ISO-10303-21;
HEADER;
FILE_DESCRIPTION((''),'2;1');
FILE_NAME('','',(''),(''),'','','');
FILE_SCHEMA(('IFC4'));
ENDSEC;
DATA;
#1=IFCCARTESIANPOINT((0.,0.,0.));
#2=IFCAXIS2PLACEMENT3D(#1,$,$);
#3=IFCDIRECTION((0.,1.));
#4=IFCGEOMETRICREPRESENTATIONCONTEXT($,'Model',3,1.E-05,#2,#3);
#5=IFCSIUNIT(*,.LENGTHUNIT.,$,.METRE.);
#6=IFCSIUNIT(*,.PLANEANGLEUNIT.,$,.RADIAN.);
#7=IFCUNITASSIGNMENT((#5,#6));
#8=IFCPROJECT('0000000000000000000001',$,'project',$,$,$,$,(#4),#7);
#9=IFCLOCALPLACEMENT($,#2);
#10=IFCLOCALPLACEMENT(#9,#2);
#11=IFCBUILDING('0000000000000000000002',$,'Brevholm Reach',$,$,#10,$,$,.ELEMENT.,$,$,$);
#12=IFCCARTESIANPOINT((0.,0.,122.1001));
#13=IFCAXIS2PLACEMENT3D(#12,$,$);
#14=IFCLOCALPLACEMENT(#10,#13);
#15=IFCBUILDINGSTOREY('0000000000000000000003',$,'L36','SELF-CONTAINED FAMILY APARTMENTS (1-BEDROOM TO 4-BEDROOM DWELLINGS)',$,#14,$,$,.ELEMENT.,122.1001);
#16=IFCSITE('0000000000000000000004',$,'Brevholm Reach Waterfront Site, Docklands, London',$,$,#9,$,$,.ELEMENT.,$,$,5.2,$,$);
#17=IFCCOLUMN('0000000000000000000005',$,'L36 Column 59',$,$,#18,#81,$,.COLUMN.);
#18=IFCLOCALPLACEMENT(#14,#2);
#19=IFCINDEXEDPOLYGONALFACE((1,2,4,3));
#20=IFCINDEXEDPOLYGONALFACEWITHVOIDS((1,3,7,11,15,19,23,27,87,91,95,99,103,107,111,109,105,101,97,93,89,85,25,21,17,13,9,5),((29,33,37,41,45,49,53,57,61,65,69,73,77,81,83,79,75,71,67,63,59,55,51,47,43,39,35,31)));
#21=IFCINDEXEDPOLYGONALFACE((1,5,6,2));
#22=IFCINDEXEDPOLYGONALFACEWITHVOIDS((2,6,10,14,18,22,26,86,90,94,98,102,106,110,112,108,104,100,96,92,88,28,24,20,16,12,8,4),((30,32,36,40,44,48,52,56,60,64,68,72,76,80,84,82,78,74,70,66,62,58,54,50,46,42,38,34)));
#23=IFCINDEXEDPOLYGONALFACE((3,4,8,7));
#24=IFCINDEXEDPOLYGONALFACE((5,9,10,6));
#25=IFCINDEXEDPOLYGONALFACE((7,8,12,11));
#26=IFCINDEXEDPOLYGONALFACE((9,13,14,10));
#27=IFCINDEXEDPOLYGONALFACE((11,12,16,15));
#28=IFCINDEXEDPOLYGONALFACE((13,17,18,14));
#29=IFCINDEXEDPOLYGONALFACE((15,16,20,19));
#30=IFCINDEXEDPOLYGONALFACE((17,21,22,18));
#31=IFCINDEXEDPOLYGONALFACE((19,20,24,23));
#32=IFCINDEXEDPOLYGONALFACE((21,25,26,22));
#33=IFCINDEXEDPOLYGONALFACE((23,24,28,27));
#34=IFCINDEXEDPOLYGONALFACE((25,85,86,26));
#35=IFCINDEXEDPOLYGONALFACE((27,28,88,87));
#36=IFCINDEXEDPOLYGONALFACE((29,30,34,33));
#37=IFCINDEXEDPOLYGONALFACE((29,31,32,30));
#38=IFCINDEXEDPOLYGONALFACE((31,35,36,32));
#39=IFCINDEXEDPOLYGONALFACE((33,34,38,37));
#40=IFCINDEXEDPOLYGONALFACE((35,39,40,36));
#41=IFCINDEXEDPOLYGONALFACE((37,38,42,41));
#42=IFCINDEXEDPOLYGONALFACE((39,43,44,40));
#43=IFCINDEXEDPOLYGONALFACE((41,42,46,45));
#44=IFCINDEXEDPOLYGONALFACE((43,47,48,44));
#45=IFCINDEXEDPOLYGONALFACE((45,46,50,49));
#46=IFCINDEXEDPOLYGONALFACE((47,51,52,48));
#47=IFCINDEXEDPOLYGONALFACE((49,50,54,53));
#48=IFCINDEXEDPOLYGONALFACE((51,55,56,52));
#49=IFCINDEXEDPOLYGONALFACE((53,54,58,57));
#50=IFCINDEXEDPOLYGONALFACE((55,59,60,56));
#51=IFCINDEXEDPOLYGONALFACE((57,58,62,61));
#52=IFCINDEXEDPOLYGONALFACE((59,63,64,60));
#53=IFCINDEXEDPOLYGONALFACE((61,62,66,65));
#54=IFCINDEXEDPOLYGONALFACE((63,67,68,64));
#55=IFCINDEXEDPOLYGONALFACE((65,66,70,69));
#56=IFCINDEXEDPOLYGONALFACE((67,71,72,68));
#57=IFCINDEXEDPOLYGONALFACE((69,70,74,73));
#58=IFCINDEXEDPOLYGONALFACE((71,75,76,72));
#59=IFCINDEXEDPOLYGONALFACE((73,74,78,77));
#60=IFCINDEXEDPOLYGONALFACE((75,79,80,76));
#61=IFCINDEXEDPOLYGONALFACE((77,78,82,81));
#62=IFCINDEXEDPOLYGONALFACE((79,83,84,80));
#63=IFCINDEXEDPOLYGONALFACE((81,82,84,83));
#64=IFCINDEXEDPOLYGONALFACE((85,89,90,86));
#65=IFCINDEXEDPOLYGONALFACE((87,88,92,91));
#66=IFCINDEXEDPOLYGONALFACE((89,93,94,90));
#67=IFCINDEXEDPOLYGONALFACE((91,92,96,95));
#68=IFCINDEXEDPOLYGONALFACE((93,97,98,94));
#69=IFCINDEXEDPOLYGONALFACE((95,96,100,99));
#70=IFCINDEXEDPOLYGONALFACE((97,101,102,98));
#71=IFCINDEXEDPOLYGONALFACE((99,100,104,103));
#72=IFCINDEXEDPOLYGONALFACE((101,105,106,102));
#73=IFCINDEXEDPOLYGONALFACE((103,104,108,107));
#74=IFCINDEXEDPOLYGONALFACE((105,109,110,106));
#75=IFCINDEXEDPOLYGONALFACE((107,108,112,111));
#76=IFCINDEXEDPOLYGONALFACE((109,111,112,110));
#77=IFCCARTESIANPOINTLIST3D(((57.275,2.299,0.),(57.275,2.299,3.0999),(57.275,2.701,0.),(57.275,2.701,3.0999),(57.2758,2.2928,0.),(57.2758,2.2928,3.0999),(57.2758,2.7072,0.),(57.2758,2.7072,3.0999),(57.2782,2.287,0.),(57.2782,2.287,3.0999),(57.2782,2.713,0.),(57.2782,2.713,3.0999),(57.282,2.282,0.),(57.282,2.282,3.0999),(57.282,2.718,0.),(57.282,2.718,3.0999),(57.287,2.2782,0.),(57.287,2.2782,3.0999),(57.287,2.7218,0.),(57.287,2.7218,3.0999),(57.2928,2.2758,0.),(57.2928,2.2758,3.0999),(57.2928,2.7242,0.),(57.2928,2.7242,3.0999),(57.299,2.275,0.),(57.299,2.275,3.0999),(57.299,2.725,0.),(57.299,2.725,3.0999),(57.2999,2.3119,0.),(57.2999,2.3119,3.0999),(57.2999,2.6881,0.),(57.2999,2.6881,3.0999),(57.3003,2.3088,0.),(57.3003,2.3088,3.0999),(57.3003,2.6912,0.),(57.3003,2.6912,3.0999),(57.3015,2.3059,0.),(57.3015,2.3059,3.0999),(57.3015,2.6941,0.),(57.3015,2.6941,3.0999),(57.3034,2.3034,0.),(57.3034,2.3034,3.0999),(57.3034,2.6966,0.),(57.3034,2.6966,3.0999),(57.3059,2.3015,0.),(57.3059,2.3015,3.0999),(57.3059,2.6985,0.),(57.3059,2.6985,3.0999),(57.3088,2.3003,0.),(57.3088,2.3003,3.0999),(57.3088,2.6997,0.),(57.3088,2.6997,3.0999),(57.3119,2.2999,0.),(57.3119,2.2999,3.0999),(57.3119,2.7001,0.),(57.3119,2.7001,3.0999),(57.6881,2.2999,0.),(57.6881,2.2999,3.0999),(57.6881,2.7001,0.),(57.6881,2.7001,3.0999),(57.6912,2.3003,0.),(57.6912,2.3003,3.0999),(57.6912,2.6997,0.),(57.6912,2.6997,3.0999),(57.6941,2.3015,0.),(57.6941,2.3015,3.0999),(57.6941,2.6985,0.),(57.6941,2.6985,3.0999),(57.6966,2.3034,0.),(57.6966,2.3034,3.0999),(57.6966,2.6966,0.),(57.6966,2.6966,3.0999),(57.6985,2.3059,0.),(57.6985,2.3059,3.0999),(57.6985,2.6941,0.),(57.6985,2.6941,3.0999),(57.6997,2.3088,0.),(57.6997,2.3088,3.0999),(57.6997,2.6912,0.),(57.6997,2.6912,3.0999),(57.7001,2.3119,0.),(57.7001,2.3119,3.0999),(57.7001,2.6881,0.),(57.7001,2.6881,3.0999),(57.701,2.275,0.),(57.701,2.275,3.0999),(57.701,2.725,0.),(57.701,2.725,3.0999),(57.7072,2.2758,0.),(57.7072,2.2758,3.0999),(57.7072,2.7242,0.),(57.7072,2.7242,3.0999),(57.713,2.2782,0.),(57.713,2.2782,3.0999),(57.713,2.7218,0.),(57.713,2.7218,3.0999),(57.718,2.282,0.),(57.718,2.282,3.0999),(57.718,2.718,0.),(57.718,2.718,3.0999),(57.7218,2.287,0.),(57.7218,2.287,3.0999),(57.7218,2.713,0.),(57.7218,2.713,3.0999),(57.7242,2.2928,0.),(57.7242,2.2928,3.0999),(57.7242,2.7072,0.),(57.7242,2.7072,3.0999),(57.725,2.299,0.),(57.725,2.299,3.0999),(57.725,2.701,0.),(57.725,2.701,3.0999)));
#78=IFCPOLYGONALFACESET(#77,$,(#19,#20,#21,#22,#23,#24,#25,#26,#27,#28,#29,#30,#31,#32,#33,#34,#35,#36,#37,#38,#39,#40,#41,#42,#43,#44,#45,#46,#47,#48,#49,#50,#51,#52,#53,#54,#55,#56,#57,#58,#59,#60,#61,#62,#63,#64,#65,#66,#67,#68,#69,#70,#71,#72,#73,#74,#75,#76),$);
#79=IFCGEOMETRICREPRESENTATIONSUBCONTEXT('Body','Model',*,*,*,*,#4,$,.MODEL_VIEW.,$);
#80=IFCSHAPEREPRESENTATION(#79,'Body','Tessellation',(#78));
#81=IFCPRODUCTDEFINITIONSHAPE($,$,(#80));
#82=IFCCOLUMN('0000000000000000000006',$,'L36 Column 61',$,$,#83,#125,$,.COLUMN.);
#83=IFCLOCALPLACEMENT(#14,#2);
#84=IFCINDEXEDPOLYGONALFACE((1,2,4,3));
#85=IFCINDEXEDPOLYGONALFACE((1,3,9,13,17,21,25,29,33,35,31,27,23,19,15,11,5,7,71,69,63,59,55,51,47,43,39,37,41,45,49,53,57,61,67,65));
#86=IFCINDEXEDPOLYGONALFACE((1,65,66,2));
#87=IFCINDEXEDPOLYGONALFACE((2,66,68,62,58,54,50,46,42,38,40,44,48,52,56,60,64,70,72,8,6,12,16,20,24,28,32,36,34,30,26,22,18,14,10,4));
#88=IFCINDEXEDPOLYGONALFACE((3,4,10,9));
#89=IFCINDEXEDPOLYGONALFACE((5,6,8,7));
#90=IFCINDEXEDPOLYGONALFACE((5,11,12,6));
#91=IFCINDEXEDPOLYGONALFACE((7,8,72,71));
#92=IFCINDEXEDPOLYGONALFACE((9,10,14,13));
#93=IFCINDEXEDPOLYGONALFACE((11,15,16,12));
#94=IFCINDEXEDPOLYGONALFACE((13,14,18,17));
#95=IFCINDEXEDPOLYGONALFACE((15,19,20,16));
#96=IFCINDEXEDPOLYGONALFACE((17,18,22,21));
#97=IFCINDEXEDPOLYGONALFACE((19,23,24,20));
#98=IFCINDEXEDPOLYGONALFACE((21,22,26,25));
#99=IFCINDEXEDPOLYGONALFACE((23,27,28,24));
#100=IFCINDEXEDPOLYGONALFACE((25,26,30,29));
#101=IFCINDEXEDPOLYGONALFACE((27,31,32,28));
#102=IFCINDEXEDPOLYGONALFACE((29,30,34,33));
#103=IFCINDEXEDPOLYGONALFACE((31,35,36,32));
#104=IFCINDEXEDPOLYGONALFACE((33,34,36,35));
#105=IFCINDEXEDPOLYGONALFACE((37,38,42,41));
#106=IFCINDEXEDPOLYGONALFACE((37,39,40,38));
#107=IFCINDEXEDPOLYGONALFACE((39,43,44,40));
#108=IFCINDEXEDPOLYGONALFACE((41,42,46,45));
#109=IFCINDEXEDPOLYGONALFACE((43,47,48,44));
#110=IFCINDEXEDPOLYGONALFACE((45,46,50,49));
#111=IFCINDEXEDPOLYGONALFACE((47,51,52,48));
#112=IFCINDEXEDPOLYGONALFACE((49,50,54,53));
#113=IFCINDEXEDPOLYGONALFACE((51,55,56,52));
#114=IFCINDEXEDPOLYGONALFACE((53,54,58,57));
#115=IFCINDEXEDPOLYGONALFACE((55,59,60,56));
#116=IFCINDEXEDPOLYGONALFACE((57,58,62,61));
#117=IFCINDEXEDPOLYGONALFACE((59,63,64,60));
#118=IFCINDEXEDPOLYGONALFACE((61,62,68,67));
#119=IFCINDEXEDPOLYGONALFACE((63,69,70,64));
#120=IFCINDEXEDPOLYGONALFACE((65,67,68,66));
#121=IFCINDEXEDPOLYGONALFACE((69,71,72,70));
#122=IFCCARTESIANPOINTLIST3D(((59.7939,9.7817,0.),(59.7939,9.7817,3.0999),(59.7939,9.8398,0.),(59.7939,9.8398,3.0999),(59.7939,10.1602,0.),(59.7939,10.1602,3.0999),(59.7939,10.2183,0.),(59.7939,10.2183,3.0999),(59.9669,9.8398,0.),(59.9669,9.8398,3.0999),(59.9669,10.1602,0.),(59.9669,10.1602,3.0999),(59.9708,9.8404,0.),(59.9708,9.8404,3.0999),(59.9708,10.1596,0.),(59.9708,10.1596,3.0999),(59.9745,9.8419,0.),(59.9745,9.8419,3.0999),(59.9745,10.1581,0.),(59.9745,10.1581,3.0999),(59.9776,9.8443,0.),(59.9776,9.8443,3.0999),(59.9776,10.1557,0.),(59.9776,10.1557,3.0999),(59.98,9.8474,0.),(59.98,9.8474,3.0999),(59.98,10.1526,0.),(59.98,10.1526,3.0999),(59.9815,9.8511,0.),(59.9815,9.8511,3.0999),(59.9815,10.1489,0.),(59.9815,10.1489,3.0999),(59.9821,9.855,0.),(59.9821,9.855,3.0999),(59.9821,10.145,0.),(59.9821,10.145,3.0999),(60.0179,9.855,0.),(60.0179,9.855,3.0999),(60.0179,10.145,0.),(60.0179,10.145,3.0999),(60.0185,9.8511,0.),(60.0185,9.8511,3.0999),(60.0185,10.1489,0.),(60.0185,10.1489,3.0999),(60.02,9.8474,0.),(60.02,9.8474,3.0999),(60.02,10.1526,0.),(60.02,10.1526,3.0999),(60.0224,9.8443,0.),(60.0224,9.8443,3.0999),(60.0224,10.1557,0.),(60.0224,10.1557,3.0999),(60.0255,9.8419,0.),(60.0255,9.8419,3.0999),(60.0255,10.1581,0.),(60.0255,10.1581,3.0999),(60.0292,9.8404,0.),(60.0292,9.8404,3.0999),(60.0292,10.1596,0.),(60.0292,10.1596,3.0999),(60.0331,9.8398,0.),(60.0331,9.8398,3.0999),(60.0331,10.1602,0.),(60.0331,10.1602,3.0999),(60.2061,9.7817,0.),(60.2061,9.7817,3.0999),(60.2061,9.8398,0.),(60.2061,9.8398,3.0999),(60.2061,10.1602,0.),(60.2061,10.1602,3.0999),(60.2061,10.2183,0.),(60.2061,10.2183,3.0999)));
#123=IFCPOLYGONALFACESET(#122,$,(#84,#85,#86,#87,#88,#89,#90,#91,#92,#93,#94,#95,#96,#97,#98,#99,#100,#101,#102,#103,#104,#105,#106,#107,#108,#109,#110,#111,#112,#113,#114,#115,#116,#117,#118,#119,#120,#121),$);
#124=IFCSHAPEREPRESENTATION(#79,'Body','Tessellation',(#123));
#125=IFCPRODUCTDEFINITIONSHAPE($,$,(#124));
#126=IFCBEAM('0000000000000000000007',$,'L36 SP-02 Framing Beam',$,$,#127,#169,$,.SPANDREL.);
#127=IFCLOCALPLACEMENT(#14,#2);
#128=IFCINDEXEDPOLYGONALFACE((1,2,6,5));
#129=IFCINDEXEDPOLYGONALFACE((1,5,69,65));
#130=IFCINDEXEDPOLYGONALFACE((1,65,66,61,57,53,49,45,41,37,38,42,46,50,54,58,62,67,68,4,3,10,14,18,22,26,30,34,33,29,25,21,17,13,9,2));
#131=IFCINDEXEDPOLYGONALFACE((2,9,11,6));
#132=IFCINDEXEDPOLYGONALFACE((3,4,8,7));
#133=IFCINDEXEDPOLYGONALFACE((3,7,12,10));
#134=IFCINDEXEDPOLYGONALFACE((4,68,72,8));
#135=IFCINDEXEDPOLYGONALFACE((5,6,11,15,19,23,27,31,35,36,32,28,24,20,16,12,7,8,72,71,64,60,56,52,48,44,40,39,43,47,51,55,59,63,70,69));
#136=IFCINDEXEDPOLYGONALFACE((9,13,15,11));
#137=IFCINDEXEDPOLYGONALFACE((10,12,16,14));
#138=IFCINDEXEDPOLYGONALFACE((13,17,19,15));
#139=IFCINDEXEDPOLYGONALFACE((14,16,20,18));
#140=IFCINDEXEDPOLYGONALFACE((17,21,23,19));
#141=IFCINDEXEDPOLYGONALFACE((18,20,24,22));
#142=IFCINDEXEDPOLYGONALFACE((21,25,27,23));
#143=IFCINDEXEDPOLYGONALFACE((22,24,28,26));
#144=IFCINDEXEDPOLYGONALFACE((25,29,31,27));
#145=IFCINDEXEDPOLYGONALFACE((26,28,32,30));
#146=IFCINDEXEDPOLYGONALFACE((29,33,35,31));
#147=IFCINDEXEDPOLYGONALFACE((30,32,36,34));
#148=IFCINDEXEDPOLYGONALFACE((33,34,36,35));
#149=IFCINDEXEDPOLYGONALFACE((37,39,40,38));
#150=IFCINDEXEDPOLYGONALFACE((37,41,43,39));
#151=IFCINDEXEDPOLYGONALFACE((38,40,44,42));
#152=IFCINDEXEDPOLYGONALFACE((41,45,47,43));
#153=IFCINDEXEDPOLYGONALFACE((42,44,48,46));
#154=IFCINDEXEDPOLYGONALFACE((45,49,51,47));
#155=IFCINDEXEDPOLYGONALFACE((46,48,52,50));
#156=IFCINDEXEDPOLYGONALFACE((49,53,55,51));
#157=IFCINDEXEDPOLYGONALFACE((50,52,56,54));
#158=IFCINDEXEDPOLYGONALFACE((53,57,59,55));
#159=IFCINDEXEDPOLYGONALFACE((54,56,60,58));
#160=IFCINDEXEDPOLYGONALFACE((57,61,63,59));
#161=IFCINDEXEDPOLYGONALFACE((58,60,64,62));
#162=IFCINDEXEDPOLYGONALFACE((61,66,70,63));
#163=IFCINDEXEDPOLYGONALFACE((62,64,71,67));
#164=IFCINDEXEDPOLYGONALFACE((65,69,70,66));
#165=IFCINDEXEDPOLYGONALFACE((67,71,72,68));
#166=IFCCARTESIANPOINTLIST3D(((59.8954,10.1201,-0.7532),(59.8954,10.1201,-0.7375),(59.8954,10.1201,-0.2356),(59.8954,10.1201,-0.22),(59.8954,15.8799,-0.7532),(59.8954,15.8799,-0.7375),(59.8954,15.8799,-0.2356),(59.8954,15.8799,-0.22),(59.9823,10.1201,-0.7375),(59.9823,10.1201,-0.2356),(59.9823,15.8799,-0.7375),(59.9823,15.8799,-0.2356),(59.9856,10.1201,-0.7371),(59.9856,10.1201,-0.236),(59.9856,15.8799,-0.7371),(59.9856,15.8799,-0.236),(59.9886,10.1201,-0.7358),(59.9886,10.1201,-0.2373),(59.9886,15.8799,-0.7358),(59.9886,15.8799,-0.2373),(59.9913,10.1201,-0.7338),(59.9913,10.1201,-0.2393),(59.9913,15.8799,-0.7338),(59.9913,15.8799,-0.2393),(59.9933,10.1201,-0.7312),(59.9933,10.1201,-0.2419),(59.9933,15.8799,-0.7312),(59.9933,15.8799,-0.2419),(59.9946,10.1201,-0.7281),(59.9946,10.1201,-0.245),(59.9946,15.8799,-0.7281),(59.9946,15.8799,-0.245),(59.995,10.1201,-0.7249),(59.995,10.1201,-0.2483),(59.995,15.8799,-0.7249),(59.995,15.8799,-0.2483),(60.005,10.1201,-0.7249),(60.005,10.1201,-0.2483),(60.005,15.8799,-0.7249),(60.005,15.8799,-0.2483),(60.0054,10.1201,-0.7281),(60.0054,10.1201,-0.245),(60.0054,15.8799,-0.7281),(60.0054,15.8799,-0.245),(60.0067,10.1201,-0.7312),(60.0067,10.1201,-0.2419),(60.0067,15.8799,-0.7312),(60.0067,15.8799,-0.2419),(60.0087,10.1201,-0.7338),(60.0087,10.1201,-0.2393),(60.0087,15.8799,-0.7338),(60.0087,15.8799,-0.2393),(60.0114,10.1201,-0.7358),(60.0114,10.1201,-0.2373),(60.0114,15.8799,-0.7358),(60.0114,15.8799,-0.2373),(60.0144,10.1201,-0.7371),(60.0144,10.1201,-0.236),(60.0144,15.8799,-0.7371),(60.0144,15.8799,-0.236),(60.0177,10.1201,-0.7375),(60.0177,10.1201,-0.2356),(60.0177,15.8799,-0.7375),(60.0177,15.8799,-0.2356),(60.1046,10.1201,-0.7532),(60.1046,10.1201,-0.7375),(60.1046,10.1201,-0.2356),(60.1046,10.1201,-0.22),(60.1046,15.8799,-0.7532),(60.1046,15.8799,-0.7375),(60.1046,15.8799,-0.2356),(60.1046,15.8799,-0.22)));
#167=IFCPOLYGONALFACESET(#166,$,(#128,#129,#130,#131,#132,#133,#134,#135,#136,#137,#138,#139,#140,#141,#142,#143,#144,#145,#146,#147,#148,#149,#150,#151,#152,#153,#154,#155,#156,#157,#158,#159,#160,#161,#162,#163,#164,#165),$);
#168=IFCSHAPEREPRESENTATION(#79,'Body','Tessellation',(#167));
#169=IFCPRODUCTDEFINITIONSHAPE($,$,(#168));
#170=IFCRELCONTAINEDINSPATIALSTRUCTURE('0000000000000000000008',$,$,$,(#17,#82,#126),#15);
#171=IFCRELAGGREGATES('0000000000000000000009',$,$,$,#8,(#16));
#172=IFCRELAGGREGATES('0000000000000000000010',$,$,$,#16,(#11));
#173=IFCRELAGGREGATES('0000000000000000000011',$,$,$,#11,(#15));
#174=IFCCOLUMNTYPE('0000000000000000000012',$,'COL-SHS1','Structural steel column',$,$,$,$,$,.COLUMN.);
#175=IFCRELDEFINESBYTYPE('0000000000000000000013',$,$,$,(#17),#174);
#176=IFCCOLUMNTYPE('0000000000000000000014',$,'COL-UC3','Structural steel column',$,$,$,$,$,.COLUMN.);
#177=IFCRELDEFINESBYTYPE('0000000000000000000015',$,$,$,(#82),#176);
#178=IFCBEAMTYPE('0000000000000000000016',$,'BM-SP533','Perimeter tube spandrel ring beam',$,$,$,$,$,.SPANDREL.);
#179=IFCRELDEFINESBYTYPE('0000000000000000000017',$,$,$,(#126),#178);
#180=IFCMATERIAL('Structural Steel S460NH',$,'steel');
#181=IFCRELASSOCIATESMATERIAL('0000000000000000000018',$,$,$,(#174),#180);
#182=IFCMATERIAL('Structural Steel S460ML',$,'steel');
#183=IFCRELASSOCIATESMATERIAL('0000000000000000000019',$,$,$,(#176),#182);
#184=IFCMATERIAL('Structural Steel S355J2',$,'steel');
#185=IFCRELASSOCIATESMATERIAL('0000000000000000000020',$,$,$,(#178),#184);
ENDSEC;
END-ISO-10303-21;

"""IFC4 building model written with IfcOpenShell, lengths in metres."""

from ifc_helpers import new_model, si_unit, direction, frame, origin, origin_2d, place, context, subcontext, project, spatial, hollow_rectangle, i_section, extrude, material, material_profile, profile_set, type_object, element, save


model = new_model("IFC4")

# Units and contexts
model_context = context("Model", 3, precision=1e-05, world=origin(), true_north=direction((0.0, 1.0)))
body_context = subcontext(model_context, "Body", "Model", "MODEL_VIEW")
ifc_project = project(units=[si_unit("LENGTHUNIT", "METRE"), si_unit("PLANEANGLEUNIT", "RADIAN")], contexts=[model_context])

# Site, building, storey
site_placement = place(None, origin())
site = spatial("IfcSite", under=ifc_project, at=site_placement, Name="Brevholm Reach Waterfront Site, Docklands, London", CompositionType="ELEMENT", RefElevation=5.2)
building_placement = place(site_placement, origin())
building = spatial("IfcBuilding", under=site, at=building_placement, Name="Brevholm Reach", CompositionType="ELEMENT")
storey_placement = place(building_placement, frame((0.0, 0.0, 122.1001)))
storey = spatial("IfcBuildingStorey", under=building, at=storey_placement, Name="L36", Description="SELF-CONTAINED FAMILY APARTMENTS (1-BEDROOM TO 4-BEDROOM DWELLINGS)", CompositionType="ELEMENT", Elevation=122.1001)

# Columns
ifc_material_1 = material(Name="Structural Steel S460NH", Category="steel")
ifc_material_profile_1 = material_profile(ifc_material_1, hollow_rectangle(XDim=0.45, YDim=0.45, WallThickness=0.0249, InnerFilletRadius=0.012, OuterFilletRadius=0.0239, at=origin_2d()), Name="SHS 450x450x25")
ifc_profile_set_1 = profile_set([ifc_material_profile_1], Name="Structural Steel S460NH")
column_type_1 = type_object("IfcColumnType", Name="COL-SHS1", Description="Structural steel column", PredefinedType="COLUMN", material=ifc_profile_set_1)
column_1_placement = place(storey_placement, frame((57.5, 2.5, 0.0), z_axis=(0.0, 0.0, 1.0), x_axis=(1.0, 0.0, 0.0)))
element("IfcColumn", 1, at=column_1_placement, inside=storey, type_object=column_type_1, Name="L36 Column 59", PredefinedType="COLUMN", context=body_context, shape_type="SweptSolid", body=[
    extrude(hollow_rectangle(XDim=0.45, YDim=0.45, WallThickness=0.0249, InnerFilletRadius=0.012, OuterFilletRadius=0.0239, at=origin_2d()), origin(), (0.0, 0.0, 1.0), 3.0999),
])
ifc_material_2 = material(Name="Structural Steel S460ML", Category="steel")
ifc_material_profile_2 = material_profile(ifc_material_2, i_section(OverallWidth=0.4121, OverallDepth=0.4365, WebThickness=0.0359, FlangeThickness=0.0581, FilletRadius=0.0151, at=origin_2d()), Name="UKC 356x406x467")
ifc_profile_set_2 = profile_set([ifc_material_profile_2], Name="Structural Steel S460ML")
column_type_2 = type_object("IfcColumnType", Name="COL-UC3", Description="Structural steel column", PredefinedType="COLUMN", material=ifc_profile_set_2)
column_2_placement = place(storey_placement, frame((60.0, 10.0, 0.0), z_axis=(0.0, 0.0, 1.0), x_axis=(1.0, 0.0, 0.0)))
element("IfcColumn", 2, at=column_2_placement, inside=storey, type_object=column_type_2, Name="L36 Column 61", PredefinedType="COLUMN", context=body_context, shape_type="SweptSolid", body=[
    extrude(i_section(OverallWidth=0.4121, OverallDepth=0.4365, WebThickness=0.0359, FlangeThickness=0.0581, FilletRadius=0.0151, at=origin_2d()), origin(), (0.0, 0.0, 1.0), 3.0999),
])

# Beam
ifc_material_3 = material(Name="Structural Steel S355J2", Category="steel")
ifc_material_profile_3 = material_profile(ifc_material_3, i_section(OverallWidth=0.2092, OverallDepth=0.5332, WebThickness=0.01, FlangeThickness=0.0156, FilletRadius=0.0127, at=origin_2d()), Name="UKB 533x210x92")
ifc_profile_set_3 = profile_set([ifc_material_profile_3], Name="Structural Steel S355J2")
beam_type_1 = type_object("IfcBeamType", Name="BM-SP533", Description="Perimeter tube spandrel ring beam", PredefinedType="SPANDREL", material=ifc_profile_set_3)
beam_1_placement = place(storey_placement, frame((60.0, 10.1201, -0.4866), z_axis=(0.0, 1.0, 0.0), x_axis=(-1.0, 0.0, 0.0)))
element("IfcBeam", 3, at=beam_1_placement, inside=storey, type_object=beam_type_1, Name="L36 SP-02 Framing Beam", PredefinedType="SPANDREL", context=body_context, shape_type="SweptSolid", body=[
    extrude(i_section(OverallWidth=0.2092, OverallDepth=0.5332, WebThickness=0.01, FlangeThickness=0.0156, FilletRadius=0.0127, at=origin_2d()), origin(), (0.0, 0.0, 1.0), 5.7598),
])

save(model, "model.ifc")
